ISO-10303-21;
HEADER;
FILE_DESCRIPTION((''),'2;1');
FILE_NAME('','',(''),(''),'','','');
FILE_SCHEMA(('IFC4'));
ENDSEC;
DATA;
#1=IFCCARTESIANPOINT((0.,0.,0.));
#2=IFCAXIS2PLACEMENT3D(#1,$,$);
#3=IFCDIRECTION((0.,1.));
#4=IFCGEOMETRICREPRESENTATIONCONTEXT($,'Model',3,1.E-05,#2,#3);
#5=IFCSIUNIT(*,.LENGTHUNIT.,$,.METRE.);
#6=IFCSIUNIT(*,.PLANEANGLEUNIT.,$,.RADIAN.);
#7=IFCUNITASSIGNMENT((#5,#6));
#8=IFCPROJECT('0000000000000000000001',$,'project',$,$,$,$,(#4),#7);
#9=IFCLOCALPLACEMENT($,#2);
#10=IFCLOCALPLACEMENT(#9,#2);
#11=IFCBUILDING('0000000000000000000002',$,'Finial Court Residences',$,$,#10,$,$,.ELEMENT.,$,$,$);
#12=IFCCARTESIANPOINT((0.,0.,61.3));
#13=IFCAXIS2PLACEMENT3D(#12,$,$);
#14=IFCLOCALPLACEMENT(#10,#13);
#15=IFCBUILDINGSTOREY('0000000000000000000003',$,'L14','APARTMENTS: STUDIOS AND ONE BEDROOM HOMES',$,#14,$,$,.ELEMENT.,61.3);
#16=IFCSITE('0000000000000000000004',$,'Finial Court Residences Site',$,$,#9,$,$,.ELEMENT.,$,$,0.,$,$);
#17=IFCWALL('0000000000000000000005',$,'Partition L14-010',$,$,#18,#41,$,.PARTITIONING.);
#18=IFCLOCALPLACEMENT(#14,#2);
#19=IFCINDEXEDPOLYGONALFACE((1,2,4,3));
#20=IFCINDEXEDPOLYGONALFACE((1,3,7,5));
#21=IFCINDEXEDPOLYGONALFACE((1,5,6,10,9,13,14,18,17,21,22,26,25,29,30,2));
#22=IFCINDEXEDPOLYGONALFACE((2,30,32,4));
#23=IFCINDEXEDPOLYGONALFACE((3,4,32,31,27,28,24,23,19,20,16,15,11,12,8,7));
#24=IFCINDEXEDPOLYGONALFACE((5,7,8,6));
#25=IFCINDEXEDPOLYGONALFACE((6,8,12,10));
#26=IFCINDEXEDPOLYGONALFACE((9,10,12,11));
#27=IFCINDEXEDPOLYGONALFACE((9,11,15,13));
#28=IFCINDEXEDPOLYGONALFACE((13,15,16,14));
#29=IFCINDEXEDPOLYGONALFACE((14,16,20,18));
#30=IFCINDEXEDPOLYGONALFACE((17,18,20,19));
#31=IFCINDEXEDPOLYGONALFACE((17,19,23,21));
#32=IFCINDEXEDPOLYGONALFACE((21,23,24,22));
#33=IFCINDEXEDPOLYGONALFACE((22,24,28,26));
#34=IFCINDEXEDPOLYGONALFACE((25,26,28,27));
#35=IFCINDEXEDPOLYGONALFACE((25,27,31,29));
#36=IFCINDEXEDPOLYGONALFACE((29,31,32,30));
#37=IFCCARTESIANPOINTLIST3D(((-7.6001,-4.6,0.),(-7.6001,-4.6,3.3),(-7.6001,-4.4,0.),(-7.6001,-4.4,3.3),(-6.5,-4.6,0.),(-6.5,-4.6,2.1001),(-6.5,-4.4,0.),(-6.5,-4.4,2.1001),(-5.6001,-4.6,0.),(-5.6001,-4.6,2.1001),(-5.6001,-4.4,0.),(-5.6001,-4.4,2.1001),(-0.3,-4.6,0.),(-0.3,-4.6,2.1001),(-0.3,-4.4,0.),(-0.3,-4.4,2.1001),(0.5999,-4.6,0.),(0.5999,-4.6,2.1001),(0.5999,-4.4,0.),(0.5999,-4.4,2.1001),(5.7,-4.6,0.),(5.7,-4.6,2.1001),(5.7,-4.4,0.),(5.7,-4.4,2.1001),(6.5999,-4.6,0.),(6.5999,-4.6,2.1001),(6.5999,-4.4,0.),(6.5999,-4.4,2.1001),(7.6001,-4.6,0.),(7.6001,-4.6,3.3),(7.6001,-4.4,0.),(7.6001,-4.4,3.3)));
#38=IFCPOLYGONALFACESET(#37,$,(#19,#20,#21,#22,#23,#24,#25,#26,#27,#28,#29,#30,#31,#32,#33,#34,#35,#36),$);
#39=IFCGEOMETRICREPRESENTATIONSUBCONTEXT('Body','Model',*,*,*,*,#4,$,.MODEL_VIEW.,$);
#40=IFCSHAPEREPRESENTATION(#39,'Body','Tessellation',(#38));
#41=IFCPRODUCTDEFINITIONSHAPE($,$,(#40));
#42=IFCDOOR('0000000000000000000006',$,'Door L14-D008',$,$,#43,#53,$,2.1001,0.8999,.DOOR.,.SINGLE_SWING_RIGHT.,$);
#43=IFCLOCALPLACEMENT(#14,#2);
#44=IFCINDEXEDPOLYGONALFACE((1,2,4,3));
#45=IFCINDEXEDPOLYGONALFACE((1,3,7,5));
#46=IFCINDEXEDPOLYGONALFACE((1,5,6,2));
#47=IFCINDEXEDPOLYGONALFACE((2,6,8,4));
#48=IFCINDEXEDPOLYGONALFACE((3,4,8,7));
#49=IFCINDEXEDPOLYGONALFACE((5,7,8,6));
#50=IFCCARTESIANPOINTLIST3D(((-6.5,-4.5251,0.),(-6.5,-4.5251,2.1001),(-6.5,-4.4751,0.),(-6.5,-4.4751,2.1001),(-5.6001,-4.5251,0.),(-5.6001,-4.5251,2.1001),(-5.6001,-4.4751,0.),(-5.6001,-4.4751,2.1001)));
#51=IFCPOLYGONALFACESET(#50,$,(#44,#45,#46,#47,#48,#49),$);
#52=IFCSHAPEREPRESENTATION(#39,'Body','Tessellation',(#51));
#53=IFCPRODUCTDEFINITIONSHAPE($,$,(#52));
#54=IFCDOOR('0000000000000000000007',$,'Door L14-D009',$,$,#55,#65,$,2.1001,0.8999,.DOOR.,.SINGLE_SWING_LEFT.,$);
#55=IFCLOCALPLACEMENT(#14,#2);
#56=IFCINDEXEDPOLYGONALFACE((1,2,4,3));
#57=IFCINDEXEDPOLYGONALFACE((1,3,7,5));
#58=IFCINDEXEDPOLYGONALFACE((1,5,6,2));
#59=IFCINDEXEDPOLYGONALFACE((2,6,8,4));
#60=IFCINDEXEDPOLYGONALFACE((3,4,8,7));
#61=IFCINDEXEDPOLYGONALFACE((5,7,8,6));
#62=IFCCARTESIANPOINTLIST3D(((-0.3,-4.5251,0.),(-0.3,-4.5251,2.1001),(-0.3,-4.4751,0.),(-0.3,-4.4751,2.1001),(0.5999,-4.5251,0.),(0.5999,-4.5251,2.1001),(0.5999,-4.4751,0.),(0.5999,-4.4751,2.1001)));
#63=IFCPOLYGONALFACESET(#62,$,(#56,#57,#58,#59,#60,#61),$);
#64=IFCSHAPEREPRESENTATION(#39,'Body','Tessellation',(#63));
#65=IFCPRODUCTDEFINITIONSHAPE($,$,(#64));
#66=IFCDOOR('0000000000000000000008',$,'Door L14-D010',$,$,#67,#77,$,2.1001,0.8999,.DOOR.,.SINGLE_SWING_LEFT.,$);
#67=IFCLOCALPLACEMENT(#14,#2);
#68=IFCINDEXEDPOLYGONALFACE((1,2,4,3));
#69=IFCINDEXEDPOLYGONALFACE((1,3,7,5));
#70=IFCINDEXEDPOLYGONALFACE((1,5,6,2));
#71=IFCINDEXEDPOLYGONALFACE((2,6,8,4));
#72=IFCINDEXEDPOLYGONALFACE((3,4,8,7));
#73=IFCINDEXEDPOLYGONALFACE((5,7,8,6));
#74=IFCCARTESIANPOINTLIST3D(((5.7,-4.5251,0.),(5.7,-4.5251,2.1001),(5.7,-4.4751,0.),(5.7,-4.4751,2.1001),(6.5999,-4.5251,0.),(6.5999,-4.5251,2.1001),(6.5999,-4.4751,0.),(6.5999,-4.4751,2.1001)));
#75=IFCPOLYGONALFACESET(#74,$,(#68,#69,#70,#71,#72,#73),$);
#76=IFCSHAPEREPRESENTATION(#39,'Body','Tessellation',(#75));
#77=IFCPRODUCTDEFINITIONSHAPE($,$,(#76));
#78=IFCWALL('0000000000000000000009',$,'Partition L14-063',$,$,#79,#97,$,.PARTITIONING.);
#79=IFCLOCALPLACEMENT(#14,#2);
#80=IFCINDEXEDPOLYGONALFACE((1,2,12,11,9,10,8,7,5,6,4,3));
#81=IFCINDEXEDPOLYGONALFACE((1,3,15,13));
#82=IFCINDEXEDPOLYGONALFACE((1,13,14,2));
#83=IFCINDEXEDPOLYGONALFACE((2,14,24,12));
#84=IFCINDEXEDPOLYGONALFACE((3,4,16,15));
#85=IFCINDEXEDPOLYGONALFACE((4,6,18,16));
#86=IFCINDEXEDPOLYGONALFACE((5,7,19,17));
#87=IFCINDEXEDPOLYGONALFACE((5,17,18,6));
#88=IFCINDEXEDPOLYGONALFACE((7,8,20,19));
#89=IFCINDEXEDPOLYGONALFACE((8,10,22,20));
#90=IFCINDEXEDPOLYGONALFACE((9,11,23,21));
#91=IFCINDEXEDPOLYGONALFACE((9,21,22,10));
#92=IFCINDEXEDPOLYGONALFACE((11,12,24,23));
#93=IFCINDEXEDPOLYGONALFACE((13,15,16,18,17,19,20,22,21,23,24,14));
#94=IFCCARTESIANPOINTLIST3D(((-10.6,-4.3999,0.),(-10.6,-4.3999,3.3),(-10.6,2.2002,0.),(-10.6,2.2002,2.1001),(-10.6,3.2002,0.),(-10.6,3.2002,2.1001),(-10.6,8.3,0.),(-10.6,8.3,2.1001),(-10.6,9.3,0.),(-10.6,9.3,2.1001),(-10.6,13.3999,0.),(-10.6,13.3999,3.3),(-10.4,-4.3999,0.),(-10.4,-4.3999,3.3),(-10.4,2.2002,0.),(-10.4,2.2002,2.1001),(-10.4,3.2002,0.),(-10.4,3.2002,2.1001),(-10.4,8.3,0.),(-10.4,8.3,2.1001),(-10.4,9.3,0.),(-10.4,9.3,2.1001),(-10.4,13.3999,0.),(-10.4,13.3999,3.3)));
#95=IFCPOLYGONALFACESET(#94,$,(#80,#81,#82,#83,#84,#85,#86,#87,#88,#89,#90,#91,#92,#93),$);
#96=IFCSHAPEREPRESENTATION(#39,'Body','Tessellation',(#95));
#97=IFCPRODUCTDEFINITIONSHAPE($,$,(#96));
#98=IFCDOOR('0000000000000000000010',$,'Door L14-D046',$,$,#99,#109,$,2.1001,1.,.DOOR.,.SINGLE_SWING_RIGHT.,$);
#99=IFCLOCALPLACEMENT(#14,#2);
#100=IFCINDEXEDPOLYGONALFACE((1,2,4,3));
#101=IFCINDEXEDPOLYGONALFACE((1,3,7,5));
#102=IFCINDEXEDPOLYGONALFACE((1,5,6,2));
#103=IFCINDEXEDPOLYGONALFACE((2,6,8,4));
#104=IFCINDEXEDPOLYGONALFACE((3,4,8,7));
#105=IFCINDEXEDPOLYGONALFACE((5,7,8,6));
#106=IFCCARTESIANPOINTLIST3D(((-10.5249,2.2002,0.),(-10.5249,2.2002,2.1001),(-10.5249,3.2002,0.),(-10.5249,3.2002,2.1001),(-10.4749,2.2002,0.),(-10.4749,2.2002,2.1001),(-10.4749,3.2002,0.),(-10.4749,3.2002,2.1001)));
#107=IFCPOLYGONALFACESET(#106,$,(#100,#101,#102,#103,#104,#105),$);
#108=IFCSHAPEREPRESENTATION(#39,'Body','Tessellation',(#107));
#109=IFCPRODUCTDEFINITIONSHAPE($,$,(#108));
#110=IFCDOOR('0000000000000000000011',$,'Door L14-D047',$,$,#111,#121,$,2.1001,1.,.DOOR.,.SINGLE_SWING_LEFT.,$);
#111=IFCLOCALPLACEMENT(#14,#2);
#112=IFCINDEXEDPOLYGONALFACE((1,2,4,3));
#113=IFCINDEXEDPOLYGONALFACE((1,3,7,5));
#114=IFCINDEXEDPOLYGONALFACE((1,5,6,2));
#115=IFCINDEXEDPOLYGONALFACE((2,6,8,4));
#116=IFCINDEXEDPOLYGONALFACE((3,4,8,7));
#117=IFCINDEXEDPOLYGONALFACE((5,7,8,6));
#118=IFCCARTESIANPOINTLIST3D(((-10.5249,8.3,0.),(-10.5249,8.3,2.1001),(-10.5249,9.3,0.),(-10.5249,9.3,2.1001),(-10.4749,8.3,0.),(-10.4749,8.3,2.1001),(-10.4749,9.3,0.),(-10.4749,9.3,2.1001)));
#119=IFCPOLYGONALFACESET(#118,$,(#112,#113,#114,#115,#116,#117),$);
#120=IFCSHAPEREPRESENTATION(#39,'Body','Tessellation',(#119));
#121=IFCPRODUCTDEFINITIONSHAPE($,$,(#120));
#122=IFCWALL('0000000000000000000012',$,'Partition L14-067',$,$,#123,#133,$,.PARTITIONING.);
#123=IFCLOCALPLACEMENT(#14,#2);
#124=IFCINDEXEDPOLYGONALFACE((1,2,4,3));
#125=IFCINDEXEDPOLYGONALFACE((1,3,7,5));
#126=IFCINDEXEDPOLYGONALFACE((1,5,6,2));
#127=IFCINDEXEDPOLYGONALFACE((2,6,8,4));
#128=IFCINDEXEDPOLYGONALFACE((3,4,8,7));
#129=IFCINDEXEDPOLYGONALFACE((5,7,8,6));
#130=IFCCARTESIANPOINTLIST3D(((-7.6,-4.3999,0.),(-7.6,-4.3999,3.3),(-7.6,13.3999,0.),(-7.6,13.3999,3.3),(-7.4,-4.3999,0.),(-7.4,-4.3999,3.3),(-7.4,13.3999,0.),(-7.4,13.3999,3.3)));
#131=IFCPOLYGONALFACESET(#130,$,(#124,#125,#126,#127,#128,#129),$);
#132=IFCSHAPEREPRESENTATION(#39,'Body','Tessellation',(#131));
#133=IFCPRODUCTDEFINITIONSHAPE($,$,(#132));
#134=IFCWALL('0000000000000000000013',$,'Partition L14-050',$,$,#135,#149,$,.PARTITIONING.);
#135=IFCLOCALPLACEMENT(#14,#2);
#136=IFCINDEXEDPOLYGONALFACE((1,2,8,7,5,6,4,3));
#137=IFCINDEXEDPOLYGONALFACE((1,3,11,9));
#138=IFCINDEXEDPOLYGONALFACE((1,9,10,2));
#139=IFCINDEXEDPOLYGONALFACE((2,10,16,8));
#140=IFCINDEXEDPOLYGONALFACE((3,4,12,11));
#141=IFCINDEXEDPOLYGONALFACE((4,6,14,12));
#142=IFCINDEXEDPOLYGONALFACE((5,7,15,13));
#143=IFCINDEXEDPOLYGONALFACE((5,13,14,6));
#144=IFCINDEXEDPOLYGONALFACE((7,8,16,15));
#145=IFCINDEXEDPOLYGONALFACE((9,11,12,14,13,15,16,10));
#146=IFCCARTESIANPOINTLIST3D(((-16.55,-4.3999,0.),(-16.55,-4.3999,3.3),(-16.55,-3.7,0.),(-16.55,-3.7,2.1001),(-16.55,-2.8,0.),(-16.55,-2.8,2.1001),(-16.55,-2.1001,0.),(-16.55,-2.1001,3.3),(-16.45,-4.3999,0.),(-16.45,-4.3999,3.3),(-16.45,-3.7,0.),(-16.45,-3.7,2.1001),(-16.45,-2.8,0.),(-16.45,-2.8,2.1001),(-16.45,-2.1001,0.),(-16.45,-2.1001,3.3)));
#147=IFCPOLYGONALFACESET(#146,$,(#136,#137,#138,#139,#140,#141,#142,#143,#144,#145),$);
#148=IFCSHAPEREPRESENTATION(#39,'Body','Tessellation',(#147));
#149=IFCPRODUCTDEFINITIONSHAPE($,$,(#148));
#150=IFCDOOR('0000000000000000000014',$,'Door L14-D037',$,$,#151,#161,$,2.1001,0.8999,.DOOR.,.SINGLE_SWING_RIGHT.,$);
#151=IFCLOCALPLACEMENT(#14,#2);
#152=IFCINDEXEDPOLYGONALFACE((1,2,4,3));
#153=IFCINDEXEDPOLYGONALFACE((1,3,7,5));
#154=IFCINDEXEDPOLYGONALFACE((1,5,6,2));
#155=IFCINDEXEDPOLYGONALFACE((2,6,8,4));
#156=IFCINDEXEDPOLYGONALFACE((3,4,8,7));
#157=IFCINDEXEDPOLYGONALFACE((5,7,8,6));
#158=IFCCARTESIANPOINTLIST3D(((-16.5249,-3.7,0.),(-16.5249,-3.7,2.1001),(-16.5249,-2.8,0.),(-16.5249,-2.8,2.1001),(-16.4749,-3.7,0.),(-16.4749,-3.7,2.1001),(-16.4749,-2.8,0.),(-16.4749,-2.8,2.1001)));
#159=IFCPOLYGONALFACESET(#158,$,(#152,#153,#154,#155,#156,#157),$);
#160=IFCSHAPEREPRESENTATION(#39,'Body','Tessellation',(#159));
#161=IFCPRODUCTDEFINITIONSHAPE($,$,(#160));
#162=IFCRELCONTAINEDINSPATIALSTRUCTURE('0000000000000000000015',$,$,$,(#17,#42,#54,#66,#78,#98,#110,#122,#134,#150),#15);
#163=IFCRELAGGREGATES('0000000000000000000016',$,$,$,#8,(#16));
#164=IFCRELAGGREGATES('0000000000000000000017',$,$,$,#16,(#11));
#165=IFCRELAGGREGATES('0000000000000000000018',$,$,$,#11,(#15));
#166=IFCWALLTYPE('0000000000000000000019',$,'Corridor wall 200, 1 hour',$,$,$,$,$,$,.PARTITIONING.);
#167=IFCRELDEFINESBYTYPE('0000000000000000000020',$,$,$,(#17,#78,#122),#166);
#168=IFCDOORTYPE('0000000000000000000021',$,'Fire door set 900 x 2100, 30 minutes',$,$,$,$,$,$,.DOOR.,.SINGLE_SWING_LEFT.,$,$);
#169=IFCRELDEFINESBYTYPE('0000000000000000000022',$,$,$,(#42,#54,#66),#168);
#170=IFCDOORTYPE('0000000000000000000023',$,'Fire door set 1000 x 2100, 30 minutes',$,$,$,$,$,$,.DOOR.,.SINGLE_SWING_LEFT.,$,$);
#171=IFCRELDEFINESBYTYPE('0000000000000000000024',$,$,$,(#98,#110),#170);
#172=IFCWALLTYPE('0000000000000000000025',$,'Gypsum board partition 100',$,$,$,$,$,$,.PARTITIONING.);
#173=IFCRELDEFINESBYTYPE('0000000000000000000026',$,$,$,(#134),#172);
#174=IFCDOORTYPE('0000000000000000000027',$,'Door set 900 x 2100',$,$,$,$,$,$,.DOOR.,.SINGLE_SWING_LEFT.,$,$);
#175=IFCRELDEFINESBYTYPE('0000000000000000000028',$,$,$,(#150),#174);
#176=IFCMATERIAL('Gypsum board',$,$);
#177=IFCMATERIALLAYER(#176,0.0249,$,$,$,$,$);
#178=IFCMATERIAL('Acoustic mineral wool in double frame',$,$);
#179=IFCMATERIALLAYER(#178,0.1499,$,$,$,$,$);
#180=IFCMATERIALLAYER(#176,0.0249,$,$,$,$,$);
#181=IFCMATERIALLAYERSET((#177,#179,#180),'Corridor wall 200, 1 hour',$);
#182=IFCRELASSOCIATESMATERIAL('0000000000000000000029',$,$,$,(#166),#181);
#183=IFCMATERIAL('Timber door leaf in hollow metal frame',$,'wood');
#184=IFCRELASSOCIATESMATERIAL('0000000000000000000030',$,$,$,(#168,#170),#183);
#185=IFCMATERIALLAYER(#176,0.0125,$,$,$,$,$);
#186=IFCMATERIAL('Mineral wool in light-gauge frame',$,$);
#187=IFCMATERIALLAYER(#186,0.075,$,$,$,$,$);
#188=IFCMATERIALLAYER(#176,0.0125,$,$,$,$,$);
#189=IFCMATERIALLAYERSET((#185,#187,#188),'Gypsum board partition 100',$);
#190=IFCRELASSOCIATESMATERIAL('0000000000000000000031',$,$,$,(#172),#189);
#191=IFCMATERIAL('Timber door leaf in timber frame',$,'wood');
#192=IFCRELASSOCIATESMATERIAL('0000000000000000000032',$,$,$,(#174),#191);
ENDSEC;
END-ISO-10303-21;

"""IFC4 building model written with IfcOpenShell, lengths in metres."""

from ifc_helpers import new_model, si_unit, direction, frame, frame_2d, origin, place, context, subcontext, project, spatial, rectangle, extrude, material, layer, layer_set, type_object, element, fill, save


model = new_model("IFC4")

# Units and contexts
model_context = context("Model", 3, precision=1e-05, world=origin(), true_north=direction((0.0, 1.0)))
body_context = subcontext(model_context, "Body", "Model", "MODEL_VIEW")
ifc_project = project(units=[si_unit("LENGTHUNIT", "METRE"), si_unit("PLANEANGLEUNIT", "RADIAN")], contexts=[model_context])

# Site, building, storey
site_placement = place(None, origin())
site = spatial("IfcSite", under=ifc_project, at=site_placement, Name="Finial Court Residences Site", CompositionType="ELEMENT", RefElevation=0.0)
building_placement = place(site_placement, origin())
building = spatial("IfcBuilding", under=site, at=building_placement, Name="Finial Court Residences", CompositionType="ELEMENT")
storey_placement = place(building_placement, frame((0.0, 0.0, 61.3)))
storey = spatial("IfcBuildingStorey", under=building, at=storey_placement, Name="L14", Description="APARTMENTS: STUDIOS AND ONE BEDROOM HOMES", CompositionType="ELEMENT", Elevation=61.3)

# Walls, openings, doors
ifc_material_1 = material(Name="Gypsum board")
ifc_layer_1 = layer(ifc_material_1, 0.0249)
ifc_material_2 = material(Name="Acoustic mineral wool in double frame")
ifc_layer_2 = layer(ifc_material_2, 0.1499)
ifc_layer_3 = layer(ifc_material_1, 0.0249)
ifc_layer_set_1 = layer_set([ifc_layer_1, ifc_layer_2, ifc_layer_3], Name="Corridor wall 200, 1 hour")
wall_type_1 = type_object("IfcWallType", Name="Corridor wall 200, 1 hour", PredefinedType="PARTITIONING", material=ifc_layer_set_1)
wall_1_placement = place(storey_placement, frame((-7.6001, -4.5, 0.0), z_axis=(0.0, 0.0, 1.0), x_axis=(1.0, 0.0, 0.0)))
wall_1 = element("IfcWall", 1, at=wall_1_placement, inside=storey, type_object=wall_type_1, Name="Partition L14-010", PredefinedType="PARTITIONING", context=body_context, shape_type="SweptSolid", body=[
    extrude(rectangle(XDim=15.2002, YDim=0.2, at=frame_2d((7.6001, 0.0))), origin(), (0.0, 0.0, 1.0), 3.3),
])
opening_1_placement = place(wall_1_placement, frame((1.1001, 0.0, 0.0)))
opening_1 = element("IfcOpeningElement", 2, at=opening_1_placement, cuts=wall_1, PredefinedType="OPENING", context=body_context, shape_type="SweptSolid", body=[
    extrude(rectangle(XDim=0.8999, YDim=2.1001, at=frame_2d((0.45, 1.05))), frame((0.0, 0.1099, 0.0), z_axis=(0.0, -1.0, 0.0), x_axis=(1.0, 0.0, 0.0)), (0.0, 0.0, 1.0), 0.22),
])
opening_2_placement = place(wall_1_placement, frame((7.3, 0.0, 0.0)))
opening_2 = element("IfcOpeningElement", 3, at=opening_2_placement, cuts=wall_1, PredefinedType="OPENING", context=body_context, shape_type="SweptSolid", body=[
    extrude(rectangle(XDim=0.8999, YDim=2.1001, at=frame_2d((0.45, 1.05))), frame((0.0, 0.1099, 0.0), z_axis=(0.0, -1.0, 0.0), x_axis=(1.0, 0.0, 0.0)), (0.0, 0.0, 1.0), 0.22),
])
opening_3_placement = place(wall_1_placement, frame((13.3, 0.0, 0.0)))
opening_3 = element("IfcOpeningElement", 4, at=opening_3_placement, cuts=wall_1, PredefinedType="OPENING", context=body_context, shape_type="SweptSolid", body=[
    extrude(rectangle(XDim=0.8999, YDim=2.1001, at=frame_2d((0.45, 1.05))), frame((0.0, 0.1099, 0.0), z_axis=(0.0, -1.0, 0.0), x_axis=(1.0, 0.0, 0.0)), (0.0, 0.0, 1.0), 0.22),
])
ifc_material_3 = material(Name="Timber door leaf in hollow metal frame", Category="wood")
door_type_1 = type_object("IfcDoorType", Name="Fire door set 900 x 2100, 30 minutes", OperationType="SINGLE_SWING_LEFT", PredefinedType="DOOR", material=ifc_material_3)
door_1_placement = place(opening_1_placement, origin())
door_1 = element("IfcDoor", 5, at=door_1_placement, inside=storey, type_object=door_type_1, Name="Door L14-D008", OperationType="SINGLE_SWING_RIGHT", OverallHeight=2.1001, OverallWidth=0.8999, PredefinedType="DOOR", context=body_context, shape_type="SweptSolid", body=[
    extrude(rectangle(XDim=0.8999, YDim=2.1001, at=frame_2d((0.45, 1.05))), frame((0.0, 0.0249, 0.0), z_axis=(0.0, -1.0, 0.0), x_axis=(1.0, 0.0, 0.0)), (0.0, 0.0, 1.0), 0.05),
])
fill(opening_1, door_1)
door_2_placement = place(opening_2_placement, origin())
door_2 = element("IfcDoor", 6, at=door_2_placement, inside=storey, type_object=door_type_1, Name="Door L14-D009", OperationType="SINGLE_SWING_LEFT", OverallHeight=2.1001, OverallWidth=0.8999, PredefinedType="DOOR", context=body_context, shape_type="SweptSolid", body=[
    extrude(rectangle(XDim=0.8999, YDim=2.1001, at=frame_2d((0.45, 1.05))), frame((0.0, 0.0249, 0.0), z_axis=(0.0, -1.0, 0.0), x_axis=(1.0, 0.0, 0.0)), (0.0, 0.0, 1.0), 0.05),
])
fill(opening_2, door_2)
door_3_placement = place(opening_3_placement, origin())
door_3 = element("IfcDoor", 7, at=door_3_placement, inside=storey, type_object=door_type_1, Name="Door L14-D010", OperationType="SINGLE_SWING_LEFT", OverallHeight=2.1001, OverallWidth=0.8999, PredefinedType="DOOR", context=body_context, shape_type="SweptSolid", body=[
    extrude(rectangle(XDim=0.8999, YDim=2.1001, at=frame_2d((0.45, 1.05))), frame((0.0, 0.0249, 0.0), z_axis=(0.0, -1.0, 0.0), x_axis=(1.0, 0.0, 0.0)), (0.0, 0.0, 1.0), 0.05),
])
fill(opening_3, door_3)
wall_2_placement = place(storey_placement, frame((-10.5, -4.3999, 0.0), z_axis=(0.0, 0.0, 1.0), x_axis=(0.0, 1.0, 0.0)))
wall_2 = element("IfcWall", 8, at=wall_2_placement, inside=storey, type_object=wall_type_1, Name="Partition L14-063", PredefinedType="PARTITIONING", context=body_context, shape_type="SweptSolid", body=[
    extrude(rectangle(XDim=17.7998, YDim=0.2, at=frame_2d((8.8999, 0.0))), origin(), (0.0, 0.0, 1.0), 3.3),
])
opening_4_placement = place(wall_2_placement, frame((6.6001, 0.0, 0.0)))
opening_4 = element("IfcOpeningElement", 9, at=opening_4_placement, cuts=wall_2, PredefinedType="OPENING", context=body_context, shape_type="SweptSolid", body=[
    extrude(rectangle(XDim=1.0, YDim=2.1001, at=frame_2d((0.5, 1.05))), frame((0.0, 0.1099, 0.0), z_axis=(0.0, -1.0, 0.0), x_axis=(1.0, 0.0, 0.0)), (0.0, 0.0, 1.0), 0.22),
])
opening_5_placement = place(wall_2_placement, frame((12.7, 0.0, 0.0)))
opening_5 = element("IfcOpeningElement", 10, at=opening_5_placement, cuts=wall_2, PredefinedType="OPENING", context=body_context, shape_type="SweptSolid", body=[
    extrude(rectangle(XDim=1.0, YDim=2.1001, at=frame_2d((0.5, 1.05))), frame((0.0, 0.1099, 0.0), z_axis=(0.0, -1.0, 0.0), x_axis=(1.0, 0.0, 0.0)), (0.0, 0.0, 1.0), 0.22),
])
door_type_2 = type_object("IfcDoorType", Name="Fire door set 1000 x 2100, 30 minutes", OperationType="SINGLE_SWING_LEFT", PredefinedType="DOOR", material=ifc_material_3)
door_4_placement = place(opening_4_placement, origin())
door_4 = element("IfcDoor", 11, at=door_4_placement, inside=storey, type_object=door_type_2, Name="Door L14-D046", OperationType="SINGLE_SWING_RIGHT", OverallHeight=2.1001, OverallWidth=1.0, PredefinedType="DOOR", context=body_context, shape_type="SweptSolid", body=[
    extrude(rectangle(XDim=1.0, YDim=2.1001, at=frame_2d((0.5, 1.05))), frame((0.0, 0.0249, 0.0), z_axis=(0.0, -1.0, 0.0), x_axis=(1.0, 0.0, 0.0)), (0.0, 0.0, 1.0), 0.05),
])
fill(opening_4, door_4)
door_5_placement = place(opening_5_placement, origin())
door_5 = element("IfcDoor", 12, at=door_5_placement, inside=storey, type_object=door_type_2, Name="Door L14-D047", OperationType="SINGLE_SWING_LEFT", OverallHeight=2.1001, OverallWidth=1.0, PredefinedType="DOOR", context=body_context, shape_type="SweptSolid", body=[
    extrude(rectangle(XDim=1.0, YDim=2.1001, at=frame_2d((0.5, 1.05))), frame((0.0, 0.0249, 0.0), z_axis=(0.0, -1.0, 0.0), x_axis=(1.0, 0.0, 0.0)), (0.0, 0.0, 1.0), 0.05),
])
fill(opening_5, door_5)

# Wall
wall_3_placement = place(storey_placement, frame((-7.5, -4.3999, 0.0), z_axis=(0.0, 0.0, 1.0), x_axis=(0.0, 1.0, 0.0)))
element("IfcWall", 13, at=wall_3_placement, inside=storey, type_object=wall_type_1, Name="Partition L14-067", PredefinedType="PARTITIONING", context=body_context, shape_type="SweptSolid", body=[
    extrude(rectangle(XDim=17.7998, YDim=0.2, at=frame_2d((8.8999, 0.0))), origin(), (0.0, 0.0, 1.0), 3.3),
])

# Wall, opening, door
ifc_layer_4 = layer(ifc_material_1, 0.0125)
ifc_material_4 = material(Name="Mineral wool in light-gauge frame")
ifc_layer_5 = layer(ifc_material_4, 0.075)
ifc_layer_6 = layer(ifc_material_1, 0.0125)
ifc_layer_set_2 = layer_set([ifc_layer_4, ifc_layer_5, ifc_layer_6], Name="Gypsum board partition 100")
wall_type_2 = type_object("IfcWallType", Name="Gypsum board partition 100", PredefinedType="PARTITIONING", material=ifc_layer_set_2)
wall_4_placement = place(storey_placement, frame((-16.5, -4.3999, 0.0), z_axis=(0.0, 0.0, 1.0), x_axis=(0.0, 1.0, 0.0)))
wall_4 = element("IfcWall", 14, at=wall_4_placement, inside=storey, type_object=wall_type_2, Name="Partition L14-050", PredefinedType="PARTITIONING", context=body_context, shape_type="SweptSolid", body=[
    extrude(rectangle(XDim=2.2998, YDim=0.1001, at=frame_2d((1.1499, 0.0))), origin(), (0.0, 0.0, 1.0), 3.3),
])
opening_6_placement = place(wall_4_placement, frame((0.7, 0.0, 0.0)))
opening_6 = element("IfcOpeningElement", 15, at=opening_6_placement, cuts=wall_4, PredefinedType="OPENING", context=body_context, shape_type="SweptSolid", body=[
    extrude(rectangle(XDim=0.8999, YDim=2.1001, at=frame_2d((0.45, 1.05))), frame((0.0, 0.0601, 0.0), z_axis=(0.0, -1.0, 0.0), x_axis=(1.0, 0.0, 0.0)), (0.0, 0.0, 1.0), 0.1201),
])
ifc_material_5 = material(Name="Timber door leaf in timber frame", Category="wood")
door_type_3 = type_object("IfcDoorType", Name="Door set 900 x 2100", OperationType="SINGLE_SWING_LEFT", PredefinedType="DOOR", material=ifc_material_5)
door_6_placement = place(opening_6_placement, origin())
door_6 = element("IfcDoor", 16, at=door_6_placement, inside=storey, type_object=door_type_3, Name="Door L14-D037", OperationType="SINGLE_SWING_RIGHT", OverallHeight=2.1001, OverallWidth=0.8999, PredefinedType="DOOR", context=body_context, shape_type="SweptSolid", body=[
    extrude(rectangle(XDim=0.8999, YDim=2.1001, at=frame_2d((0.45, 1.05))), frame((0.0, 0.0249, 0.0), z_axis=(0.0, -1.0, 0.0), x_axis=(1.0, 0.0, 0.0)), (0.0, 0.0, 1.0), 0.05),
])
fill(opening_6, door_6)

save(model, "model.ifc")
